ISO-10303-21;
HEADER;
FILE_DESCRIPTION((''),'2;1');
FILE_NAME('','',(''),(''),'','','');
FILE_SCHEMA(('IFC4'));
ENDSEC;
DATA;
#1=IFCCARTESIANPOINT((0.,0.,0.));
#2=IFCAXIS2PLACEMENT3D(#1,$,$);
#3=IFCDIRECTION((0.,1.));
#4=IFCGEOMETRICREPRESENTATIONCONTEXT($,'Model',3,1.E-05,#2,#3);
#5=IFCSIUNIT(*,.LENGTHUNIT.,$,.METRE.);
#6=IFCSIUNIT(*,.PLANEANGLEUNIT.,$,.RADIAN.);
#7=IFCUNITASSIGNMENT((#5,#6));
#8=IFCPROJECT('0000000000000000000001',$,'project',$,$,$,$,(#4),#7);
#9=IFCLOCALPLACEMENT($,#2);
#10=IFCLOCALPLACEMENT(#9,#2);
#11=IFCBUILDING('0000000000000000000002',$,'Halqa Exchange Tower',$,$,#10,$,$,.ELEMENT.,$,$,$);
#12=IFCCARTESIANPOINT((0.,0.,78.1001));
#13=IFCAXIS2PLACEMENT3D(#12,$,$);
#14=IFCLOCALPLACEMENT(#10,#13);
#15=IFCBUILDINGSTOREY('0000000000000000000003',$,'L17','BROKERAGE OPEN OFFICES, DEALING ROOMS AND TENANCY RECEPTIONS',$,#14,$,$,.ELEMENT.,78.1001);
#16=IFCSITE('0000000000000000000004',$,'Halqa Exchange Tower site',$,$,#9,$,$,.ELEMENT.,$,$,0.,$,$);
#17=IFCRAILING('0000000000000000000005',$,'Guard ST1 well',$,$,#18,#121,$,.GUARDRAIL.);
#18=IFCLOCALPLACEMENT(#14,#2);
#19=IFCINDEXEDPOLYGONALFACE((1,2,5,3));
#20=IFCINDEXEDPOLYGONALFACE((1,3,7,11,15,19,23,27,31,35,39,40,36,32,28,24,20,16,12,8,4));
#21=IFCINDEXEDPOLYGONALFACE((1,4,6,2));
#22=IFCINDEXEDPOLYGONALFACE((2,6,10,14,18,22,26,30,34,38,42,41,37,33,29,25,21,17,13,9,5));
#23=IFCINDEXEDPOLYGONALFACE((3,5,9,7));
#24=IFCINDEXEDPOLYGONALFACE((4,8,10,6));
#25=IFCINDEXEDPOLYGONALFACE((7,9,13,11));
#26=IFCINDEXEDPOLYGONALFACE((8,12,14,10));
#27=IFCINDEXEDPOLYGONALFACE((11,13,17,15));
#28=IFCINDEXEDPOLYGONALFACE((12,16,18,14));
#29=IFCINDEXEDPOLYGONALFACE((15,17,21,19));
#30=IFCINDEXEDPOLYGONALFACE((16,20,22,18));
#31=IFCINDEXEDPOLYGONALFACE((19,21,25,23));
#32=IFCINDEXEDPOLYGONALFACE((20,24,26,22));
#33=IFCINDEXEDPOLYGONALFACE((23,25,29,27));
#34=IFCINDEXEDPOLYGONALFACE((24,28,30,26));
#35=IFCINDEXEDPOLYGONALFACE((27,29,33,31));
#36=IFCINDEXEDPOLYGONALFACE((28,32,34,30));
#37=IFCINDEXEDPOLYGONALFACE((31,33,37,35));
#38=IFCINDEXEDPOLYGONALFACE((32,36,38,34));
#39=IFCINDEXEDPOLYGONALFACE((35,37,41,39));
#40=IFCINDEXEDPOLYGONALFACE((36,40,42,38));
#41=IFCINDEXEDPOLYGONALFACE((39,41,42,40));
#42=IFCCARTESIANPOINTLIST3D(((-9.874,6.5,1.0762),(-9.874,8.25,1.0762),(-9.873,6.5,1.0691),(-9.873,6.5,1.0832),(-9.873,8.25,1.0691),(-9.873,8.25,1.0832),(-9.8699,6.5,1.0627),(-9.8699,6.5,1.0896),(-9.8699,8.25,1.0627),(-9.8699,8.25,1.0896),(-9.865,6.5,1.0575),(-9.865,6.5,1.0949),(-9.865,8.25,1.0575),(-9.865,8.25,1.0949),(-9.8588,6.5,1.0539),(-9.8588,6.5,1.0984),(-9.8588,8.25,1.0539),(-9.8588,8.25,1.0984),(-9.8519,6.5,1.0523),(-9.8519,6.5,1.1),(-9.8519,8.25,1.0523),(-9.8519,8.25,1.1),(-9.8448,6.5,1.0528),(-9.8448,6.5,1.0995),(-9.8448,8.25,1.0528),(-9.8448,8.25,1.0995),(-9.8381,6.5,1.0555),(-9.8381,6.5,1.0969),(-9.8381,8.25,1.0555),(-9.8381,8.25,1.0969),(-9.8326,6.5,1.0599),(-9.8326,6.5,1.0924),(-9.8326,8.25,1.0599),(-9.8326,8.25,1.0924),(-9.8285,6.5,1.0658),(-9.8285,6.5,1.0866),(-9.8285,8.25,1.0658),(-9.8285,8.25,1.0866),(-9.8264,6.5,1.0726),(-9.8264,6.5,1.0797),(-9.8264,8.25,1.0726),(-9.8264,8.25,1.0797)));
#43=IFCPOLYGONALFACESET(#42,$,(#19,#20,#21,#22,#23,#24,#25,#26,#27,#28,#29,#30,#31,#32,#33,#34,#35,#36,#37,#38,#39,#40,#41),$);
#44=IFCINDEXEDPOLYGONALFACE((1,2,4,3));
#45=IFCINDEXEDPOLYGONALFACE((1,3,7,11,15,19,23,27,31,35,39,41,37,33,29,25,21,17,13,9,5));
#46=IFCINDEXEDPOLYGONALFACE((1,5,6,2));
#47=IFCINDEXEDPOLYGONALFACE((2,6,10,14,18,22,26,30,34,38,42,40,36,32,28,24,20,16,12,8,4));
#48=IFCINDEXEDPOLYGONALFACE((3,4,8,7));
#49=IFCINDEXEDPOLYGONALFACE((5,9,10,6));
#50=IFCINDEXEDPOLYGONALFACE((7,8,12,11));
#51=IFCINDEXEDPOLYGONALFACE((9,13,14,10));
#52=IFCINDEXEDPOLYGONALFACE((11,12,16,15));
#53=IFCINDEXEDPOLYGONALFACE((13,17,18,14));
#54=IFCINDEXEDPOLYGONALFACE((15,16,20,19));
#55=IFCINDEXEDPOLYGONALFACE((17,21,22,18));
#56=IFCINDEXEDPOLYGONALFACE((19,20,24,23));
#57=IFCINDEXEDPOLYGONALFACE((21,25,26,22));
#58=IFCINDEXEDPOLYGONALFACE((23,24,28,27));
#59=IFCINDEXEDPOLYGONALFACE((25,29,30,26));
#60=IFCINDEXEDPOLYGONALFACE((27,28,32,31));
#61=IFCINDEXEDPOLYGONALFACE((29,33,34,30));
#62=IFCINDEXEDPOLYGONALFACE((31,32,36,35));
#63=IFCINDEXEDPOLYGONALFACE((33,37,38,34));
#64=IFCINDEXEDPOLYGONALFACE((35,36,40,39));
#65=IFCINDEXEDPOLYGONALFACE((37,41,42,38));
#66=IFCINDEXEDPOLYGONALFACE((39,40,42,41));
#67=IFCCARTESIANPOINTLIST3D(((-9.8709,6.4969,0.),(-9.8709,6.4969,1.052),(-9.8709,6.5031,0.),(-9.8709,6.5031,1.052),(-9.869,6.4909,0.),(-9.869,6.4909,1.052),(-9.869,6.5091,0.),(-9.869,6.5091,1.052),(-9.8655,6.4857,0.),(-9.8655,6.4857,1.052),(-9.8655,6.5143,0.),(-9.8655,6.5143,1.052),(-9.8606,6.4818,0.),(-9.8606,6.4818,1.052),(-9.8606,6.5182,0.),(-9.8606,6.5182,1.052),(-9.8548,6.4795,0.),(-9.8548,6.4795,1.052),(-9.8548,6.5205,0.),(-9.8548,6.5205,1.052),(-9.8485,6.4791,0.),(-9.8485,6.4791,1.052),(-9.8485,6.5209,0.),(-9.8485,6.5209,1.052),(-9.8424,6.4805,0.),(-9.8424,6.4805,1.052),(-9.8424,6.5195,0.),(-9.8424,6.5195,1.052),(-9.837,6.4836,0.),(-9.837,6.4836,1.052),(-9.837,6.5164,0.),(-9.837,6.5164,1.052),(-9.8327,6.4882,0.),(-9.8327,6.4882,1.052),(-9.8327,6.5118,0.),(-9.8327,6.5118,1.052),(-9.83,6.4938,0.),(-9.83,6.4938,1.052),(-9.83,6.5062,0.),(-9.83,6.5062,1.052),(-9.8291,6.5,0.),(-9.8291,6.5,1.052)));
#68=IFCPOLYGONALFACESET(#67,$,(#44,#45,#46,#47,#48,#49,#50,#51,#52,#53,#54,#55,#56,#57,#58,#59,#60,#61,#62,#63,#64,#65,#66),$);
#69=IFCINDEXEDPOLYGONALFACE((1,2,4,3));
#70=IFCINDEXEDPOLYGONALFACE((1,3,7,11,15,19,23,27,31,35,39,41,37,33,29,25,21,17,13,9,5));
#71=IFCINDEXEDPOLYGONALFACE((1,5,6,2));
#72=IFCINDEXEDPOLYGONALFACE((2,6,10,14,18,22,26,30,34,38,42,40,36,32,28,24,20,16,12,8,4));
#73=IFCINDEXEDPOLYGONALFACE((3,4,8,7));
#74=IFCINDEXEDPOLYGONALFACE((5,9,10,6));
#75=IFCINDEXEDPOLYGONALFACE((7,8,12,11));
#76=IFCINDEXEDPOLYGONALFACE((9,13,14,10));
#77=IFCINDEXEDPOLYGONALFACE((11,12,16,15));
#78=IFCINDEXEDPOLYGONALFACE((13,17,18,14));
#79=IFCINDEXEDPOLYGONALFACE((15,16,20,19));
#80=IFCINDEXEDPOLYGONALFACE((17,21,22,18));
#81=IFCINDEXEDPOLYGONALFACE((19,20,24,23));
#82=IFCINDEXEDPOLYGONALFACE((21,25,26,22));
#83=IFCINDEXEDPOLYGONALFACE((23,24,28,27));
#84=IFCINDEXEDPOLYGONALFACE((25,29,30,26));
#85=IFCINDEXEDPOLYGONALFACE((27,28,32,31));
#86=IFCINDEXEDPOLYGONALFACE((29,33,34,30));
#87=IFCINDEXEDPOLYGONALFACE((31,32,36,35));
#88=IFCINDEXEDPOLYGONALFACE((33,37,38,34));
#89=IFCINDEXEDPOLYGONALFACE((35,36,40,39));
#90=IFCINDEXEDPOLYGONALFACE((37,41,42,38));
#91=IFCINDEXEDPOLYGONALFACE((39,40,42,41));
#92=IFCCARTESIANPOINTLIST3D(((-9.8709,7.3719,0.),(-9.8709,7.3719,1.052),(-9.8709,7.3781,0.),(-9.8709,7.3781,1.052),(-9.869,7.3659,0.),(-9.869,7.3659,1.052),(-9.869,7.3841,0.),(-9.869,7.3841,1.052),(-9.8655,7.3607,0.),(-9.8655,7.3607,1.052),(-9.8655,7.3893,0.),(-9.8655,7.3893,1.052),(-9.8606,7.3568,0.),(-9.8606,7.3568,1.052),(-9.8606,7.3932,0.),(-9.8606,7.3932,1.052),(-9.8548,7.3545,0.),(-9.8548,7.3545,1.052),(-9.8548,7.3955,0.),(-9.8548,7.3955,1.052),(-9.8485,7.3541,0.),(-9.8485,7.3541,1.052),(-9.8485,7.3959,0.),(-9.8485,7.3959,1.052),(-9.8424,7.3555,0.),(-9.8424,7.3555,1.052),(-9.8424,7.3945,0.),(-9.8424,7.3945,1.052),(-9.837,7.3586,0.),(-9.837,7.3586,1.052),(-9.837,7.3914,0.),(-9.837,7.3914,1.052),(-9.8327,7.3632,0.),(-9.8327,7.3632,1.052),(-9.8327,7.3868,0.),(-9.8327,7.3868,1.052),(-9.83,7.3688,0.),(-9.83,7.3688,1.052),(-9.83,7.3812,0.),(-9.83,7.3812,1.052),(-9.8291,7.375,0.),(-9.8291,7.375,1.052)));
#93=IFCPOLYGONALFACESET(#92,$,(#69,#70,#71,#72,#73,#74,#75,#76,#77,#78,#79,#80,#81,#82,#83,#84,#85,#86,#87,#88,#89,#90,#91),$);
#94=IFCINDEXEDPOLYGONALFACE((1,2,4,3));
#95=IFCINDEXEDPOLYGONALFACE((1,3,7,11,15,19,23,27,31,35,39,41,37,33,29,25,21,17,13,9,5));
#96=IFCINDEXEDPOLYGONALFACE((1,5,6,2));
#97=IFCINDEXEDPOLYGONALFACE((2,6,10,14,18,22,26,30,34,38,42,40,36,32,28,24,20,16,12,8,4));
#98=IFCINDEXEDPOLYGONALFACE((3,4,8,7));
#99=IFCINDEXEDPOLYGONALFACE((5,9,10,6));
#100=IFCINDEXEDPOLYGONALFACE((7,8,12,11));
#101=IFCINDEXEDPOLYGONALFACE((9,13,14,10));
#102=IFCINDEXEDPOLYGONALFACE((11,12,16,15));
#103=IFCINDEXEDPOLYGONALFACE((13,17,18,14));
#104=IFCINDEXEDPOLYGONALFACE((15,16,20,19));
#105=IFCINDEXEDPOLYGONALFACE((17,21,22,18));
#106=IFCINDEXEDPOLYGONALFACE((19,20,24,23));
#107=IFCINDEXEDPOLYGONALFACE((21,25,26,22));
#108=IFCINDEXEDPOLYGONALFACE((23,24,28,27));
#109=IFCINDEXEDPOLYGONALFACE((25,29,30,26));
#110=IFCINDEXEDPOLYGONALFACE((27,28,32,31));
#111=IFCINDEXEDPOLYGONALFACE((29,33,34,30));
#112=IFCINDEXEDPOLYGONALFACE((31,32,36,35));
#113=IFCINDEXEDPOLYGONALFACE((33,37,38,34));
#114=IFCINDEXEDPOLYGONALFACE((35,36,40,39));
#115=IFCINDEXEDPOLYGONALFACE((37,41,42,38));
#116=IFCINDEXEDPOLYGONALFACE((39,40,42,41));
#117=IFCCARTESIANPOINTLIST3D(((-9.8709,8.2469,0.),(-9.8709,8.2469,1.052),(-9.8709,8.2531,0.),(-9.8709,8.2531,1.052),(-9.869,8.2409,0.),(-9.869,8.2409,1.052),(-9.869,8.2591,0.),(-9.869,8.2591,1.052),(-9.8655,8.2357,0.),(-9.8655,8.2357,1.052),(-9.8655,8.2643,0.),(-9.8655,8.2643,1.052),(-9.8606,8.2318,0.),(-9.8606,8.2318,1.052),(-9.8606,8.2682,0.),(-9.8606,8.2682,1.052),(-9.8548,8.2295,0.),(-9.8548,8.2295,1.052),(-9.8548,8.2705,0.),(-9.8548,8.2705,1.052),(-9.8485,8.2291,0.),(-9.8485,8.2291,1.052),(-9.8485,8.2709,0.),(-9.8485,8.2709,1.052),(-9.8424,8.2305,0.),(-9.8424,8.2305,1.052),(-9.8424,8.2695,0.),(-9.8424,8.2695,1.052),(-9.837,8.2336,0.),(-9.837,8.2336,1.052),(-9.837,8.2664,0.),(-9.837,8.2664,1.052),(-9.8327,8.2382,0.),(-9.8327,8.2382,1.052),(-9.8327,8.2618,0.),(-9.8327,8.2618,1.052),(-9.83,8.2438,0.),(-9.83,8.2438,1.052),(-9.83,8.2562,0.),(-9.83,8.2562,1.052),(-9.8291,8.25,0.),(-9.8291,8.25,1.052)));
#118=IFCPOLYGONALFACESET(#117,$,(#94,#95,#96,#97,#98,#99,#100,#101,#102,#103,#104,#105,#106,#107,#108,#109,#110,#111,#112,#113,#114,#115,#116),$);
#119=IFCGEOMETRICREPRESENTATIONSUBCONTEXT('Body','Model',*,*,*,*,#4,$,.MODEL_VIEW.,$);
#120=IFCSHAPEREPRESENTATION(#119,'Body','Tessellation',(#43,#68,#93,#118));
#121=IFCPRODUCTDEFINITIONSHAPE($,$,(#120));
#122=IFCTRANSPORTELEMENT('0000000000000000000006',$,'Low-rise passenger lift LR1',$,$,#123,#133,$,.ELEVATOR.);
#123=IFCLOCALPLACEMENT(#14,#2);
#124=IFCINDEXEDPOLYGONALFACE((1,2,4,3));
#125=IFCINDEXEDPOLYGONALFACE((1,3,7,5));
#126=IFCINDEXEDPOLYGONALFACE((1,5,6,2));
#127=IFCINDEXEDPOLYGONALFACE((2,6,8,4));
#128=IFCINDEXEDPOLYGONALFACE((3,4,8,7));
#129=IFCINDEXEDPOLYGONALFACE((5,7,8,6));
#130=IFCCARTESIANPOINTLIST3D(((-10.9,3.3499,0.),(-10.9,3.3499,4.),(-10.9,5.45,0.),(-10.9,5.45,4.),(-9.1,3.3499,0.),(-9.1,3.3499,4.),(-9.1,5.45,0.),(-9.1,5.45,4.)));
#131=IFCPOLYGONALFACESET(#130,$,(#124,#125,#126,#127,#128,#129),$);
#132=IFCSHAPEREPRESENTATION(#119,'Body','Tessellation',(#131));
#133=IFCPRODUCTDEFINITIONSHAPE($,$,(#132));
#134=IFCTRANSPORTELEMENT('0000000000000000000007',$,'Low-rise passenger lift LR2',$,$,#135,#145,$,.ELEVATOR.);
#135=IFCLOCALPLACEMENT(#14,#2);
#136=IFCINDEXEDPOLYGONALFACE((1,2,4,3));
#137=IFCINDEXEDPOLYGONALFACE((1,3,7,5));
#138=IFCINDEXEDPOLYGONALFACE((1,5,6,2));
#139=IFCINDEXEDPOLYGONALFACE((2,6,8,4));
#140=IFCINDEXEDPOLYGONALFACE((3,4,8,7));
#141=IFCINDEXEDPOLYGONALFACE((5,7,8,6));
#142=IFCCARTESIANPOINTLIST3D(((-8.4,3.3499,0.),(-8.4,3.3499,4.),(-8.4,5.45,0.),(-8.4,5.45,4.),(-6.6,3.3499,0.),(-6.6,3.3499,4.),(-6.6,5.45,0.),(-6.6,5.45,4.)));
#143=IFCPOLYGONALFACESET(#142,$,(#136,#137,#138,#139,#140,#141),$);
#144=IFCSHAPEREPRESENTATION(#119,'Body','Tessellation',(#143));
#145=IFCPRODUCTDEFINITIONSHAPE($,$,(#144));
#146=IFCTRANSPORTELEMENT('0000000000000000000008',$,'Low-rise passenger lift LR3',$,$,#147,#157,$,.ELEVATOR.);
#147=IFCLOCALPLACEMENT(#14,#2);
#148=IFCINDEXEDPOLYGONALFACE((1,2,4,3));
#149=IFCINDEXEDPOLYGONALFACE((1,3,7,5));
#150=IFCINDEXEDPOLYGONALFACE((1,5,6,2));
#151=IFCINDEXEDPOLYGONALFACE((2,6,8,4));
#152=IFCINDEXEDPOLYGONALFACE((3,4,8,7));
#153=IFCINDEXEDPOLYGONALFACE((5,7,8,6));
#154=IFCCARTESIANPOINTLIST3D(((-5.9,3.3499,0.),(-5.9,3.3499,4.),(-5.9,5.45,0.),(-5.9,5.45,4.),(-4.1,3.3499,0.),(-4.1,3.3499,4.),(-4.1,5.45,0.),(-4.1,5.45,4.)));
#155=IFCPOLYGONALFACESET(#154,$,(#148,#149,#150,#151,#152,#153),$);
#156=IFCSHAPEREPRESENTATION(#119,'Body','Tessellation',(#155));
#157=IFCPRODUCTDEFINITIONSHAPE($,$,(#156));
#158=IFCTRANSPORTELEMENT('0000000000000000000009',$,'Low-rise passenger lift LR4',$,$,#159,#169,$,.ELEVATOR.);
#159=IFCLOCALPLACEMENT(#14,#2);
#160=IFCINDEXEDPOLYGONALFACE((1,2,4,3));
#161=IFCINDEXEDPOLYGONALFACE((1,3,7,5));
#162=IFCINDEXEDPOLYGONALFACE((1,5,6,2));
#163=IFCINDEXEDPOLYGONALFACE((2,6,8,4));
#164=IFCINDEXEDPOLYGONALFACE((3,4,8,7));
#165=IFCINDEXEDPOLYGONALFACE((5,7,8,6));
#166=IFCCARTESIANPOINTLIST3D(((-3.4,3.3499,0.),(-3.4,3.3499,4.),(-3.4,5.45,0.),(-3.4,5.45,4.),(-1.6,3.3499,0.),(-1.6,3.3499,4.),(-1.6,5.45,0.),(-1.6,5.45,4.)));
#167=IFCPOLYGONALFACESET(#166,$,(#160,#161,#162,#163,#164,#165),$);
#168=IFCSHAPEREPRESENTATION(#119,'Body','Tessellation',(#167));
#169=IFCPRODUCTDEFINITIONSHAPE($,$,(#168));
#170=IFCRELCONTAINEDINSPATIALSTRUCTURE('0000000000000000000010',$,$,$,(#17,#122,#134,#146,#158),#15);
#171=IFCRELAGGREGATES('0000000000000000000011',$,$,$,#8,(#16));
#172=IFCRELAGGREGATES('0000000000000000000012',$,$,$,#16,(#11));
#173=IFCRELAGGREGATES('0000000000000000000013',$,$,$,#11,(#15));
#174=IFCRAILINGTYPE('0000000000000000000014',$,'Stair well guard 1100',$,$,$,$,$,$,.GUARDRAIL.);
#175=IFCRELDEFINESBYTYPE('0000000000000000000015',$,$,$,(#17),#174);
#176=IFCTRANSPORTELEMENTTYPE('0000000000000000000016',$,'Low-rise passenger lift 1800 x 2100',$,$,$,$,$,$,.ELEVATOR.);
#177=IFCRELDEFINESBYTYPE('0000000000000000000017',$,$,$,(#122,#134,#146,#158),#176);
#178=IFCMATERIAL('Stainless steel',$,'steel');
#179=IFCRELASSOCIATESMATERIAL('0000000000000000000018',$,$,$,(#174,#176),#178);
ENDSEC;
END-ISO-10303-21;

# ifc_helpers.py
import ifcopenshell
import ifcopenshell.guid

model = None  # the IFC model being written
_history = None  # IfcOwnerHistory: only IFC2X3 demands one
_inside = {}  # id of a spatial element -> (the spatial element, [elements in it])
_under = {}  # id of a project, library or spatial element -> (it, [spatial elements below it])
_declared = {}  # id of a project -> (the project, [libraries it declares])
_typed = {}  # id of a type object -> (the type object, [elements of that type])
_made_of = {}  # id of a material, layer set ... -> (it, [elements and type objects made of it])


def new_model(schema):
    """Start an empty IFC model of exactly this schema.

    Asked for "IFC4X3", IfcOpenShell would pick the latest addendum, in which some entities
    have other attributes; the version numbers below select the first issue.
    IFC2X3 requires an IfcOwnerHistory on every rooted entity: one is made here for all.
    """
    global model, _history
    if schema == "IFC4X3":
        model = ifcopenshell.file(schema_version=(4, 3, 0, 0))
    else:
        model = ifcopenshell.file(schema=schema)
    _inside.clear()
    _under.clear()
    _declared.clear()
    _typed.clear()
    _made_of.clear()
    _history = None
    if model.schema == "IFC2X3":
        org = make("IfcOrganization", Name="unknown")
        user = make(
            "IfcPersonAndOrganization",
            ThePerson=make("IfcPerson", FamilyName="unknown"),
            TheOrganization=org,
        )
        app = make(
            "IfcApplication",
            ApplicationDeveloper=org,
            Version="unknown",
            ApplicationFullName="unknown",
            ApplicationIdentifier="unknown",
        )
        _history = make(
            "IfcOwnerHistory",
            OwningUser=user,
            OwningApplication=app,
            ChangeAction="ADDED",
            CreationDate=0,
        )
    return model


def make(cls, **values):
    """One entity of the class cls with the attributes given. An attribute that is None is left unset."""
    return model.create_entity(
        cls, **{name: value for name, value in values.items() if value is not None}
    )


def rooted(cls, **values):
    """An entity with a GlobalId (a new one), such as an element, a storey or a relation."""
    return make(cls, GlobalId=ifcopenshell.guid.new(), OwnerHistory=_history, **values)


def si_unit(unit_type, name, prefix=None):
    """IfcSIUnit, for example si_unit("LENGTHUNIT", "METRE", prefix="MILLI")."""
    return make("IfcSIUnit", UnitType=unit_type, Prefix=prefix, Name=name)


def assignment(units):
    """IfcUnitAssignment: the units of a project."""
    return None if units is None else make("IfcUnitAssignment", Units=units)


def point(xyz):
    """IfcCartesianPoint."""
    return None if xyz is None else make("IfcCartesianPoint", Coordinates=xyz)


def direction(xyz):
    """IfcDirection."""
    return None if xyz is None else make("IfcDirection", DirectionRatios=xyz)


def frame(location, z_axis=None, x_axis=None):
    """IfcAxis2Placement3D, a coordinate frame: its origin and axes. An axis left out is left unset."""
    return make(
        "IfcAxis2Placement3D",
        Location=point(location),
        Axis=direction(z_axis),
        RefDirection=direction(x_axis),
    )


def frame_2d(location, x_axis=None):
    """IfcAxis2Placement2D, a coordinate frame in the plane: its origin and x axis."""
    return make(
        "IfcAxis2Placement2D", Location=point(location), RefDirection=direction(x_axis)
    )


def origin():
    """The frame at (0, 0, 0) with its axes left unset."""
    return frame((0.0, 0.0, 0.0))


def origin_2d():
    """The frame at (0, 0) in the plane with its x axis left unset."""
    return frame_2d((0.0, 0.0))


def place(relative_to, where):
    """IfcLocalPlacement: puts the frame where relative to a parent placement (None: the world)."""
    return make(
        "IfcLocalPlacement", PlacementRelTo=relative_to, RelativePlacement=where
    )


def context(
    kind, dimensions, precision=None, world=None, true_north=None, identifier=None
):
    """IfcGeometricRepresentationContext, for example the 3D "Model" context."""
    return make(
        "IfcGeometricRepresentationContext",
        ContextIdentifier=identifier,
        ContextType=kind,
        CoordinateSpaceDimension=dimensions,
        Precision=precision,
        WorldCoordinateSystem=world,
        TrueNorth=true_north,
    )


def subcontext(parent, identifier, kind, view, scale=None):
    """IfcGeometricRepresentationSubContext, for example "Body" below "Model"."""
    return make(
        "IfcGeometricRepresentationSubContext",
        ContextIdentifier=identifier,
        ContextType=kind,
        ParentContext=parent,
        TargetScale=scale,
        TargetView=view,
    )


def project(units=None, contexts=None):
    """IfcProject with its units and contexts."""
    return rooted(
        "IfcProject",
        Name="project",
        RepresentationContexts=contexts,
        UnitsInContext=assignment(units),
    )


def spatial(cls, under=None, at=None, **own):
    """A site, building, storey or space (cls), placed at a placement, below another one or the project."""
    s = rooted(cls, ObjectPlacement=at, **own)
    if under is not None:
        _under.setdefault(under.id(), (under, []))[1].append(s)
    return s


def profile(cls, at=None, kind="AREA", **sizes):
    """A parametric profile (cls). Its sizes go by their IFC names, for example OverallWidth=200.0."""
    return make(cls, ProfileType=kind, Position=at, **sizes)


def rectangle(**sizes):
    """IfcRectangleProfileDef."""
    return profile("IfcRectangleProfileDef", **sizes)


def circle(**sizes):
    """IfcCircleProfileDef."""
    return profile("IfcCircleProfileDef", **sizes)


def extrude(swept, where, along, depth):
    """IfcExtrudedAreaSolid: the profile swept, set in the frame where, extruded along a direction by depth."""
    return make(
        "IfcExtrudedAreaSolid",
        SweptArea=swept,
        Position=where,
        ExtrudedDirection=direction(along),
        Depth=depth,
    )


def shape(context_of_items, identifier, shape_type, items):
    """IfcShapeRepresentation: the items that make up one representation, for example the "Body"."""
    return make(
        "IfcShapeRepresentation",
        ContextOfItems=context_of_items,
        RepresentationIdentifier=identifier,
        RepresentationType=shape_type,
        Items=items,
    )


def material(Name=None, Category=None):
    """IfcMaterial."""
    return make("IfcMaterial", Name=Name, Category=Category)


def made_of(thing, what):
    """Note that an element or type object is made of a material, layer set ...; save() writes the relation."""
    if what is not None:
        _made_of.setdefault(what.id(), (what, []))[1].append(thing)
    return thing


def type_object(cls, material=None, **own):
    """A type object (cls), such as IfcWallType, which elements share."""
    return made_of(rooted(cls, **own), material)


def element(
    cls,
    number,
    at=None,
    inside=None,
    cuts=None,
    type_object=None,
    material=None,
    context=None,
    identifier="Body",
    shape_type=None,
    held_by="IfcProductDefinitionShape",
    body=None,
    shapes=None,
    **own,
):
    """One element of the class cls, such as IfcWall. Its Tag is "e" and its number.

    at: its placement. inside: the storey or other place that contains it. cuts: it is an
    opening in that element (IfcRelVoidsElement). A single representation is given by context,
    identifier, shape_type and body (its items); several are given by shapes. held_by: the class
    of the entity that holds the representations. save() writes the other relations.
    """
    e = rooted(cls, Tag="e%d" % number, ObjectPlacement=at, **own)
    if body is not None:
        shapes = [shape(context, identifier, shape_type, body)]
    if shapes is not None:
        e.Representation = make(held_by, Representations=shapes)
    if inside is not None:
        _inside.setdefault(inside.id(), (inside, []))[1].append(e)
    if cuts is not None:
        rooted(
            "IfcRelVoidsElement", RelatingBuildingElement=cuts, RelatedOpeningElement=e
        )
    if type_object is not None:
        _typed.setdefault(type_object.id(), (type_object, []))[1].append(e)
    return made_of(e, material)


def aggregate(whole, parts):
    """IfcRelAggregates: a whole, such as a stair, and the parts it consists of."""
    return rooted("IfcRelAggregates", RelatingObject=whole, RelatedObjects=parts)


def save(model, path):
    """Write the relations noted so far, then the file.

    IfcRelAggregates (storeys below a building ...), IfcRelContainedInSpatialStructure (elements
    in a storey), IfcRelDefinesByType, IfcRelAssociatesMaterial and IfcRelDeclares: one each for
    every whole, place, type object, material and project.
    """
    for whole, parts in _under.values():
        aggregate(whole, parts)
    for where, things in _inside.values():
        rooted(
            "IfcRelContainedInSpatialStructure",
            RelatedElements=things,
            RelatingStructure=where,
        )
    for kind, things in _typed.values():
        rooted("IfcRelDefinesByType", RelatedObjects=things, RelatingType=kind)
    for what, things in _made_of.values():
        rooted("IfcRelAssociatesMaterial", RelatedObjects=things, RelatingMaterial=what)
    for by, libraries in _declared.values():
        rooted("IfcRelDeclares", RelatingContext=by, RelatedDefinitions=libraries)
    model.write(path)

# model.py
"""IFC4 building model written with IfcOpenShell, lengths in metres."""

from ifc_helpers import new_model, si_unit, direction, frame, origin, origin_2d, place, context, subcontext, project, spatial, rectangle, circle, extrude, material, type_object, element, save


model = new_model("IFC4")

# Units and contexts
model_context = context("Model", 3, precision=1e-05, world=origin(), true_north=direction((0.0, 1.0)))
body_context = subcontext(model_context, "Body", "Model", "MODEL_VIEW")
ifc_project = project(units=[si_unit("LENGTHUNIT", "METRE"), si_unit("PLANEANGLEUNIT", "RADIAN")], contexts=[model_context])

# Site, building, storey
site_placement = place(None, origin())
site = spatial("IfcSite", under=ifc_project, at=site_placement, Name="Halqa Exchange Tower site", CompositionType="ELEMENT", RefElevation=0.0)
building_placement = place(site_placement, origin())
building = spatial("IfcBuilding", under=site, at=building_placement, Name="Halqa Exchange Tower", CompositionType="ELEMENT")
storey_placement = place(building_placement, frame((0.0, 0.0, 78.1001)))
storey = spatial("IfcBuildingStorey", under=building, at=storey_placement, Name="L17", Description="BROKERAGE OPEN OFFICES, DEALING ROOMS AND TENANCY RECEPTIONS", CompositionType="ELEMENT", Elevation=78.1001)

# Shared definitions
ifc_material_1 = material(Name="Stainless steel", Category="steel")

# Railing
railing_type_1 = type_object("IfcRailingType", Name="Stair well guard 1100", PredefinedType="GUARDRAIL", material=ifc_material_1)
railing_1_placement = place(storey_placement, frame((-9.8501, 6.5, 0.0)))
element("IfcRailing", 1, at=railing_1_placement, inside=storey, type_object=railing_type_1, Name="Guard ST1 well", PredefinedType="GUARDRAIL", context=body_context, shape_type="SweptSolid", body=[
    extrude(circle(Radius=0.0239, at=origin_2d()), frame((0.0, 0.0, 1.0762), z_axis=(0.0, 1.0, 0.0), x_axis=(-1.0, 0.0, 0.0)), (0.0, 0.0, 1.0), 1.75),
    extrude(circle(Radius=0.021, at=origin_2d()), origin(), (0.0, 0.0, 1.0), 1.052),
    extrude(circle(Radius=0.021, at=origin_2d()), frame((0.0, 0.875, 0.0)), (0.0, 0.0, 1.0), 1.052),
    extrude(circle(Radius=0.021, at=origin_2d()), frame((0.0, 1.75, 0.0)), (0.0, 0.0, 1.0), 1.052),
])

# Transport elements
transport_element_type = type_object("IfcTransportElementType", Name="Low-rise passenger lift 1800 x 2100", PredefinedType="ELEVATOR", material=ifc_material_1)
for number, where, z_axis, x_axis, name in (
    (2, (-10.0, 4.3999, 0.0), (0.0, 0.0, 1.0), (1.0, 0.0, 0.0), "Low-rise passenger lift LR1"),
    (3, (-7.5, 4.3999, 0.0), (0.0, 0.0, 1.0), (1.0, 0.0, 0.0), "Low-rise passenger lift LR2"),
    (4, (-5.0, 4.3999, 0.0), (0.0, 0.0, 1.0), (1.0, 0.0, 0.0), "Low-rise passenger lift LR3"),
    (5, (-2.5, 4.3999, 0.0), (0.0, 0.0, 1.0), (1.0, 0.0, 0.0), "Low-rise passenger lift LR4"),
):
    element("IfcTransportElement", number, at=place(storey_placement, frame(where, z_axis=z_axis, x_axis=x_axis)), inside=storey, type_object=transport_element_type, Name=name, PredefinedType="ELEVATOR", context=body_context, shape_type="SweptSolid", body=[
        extrude(rectangle(XDim=1.8, YDim=2.1001, at=origin_2d()), origin(), (0.0, 0.0, 1.0), 4.0),
    ])

save(model, "model.ifc")
